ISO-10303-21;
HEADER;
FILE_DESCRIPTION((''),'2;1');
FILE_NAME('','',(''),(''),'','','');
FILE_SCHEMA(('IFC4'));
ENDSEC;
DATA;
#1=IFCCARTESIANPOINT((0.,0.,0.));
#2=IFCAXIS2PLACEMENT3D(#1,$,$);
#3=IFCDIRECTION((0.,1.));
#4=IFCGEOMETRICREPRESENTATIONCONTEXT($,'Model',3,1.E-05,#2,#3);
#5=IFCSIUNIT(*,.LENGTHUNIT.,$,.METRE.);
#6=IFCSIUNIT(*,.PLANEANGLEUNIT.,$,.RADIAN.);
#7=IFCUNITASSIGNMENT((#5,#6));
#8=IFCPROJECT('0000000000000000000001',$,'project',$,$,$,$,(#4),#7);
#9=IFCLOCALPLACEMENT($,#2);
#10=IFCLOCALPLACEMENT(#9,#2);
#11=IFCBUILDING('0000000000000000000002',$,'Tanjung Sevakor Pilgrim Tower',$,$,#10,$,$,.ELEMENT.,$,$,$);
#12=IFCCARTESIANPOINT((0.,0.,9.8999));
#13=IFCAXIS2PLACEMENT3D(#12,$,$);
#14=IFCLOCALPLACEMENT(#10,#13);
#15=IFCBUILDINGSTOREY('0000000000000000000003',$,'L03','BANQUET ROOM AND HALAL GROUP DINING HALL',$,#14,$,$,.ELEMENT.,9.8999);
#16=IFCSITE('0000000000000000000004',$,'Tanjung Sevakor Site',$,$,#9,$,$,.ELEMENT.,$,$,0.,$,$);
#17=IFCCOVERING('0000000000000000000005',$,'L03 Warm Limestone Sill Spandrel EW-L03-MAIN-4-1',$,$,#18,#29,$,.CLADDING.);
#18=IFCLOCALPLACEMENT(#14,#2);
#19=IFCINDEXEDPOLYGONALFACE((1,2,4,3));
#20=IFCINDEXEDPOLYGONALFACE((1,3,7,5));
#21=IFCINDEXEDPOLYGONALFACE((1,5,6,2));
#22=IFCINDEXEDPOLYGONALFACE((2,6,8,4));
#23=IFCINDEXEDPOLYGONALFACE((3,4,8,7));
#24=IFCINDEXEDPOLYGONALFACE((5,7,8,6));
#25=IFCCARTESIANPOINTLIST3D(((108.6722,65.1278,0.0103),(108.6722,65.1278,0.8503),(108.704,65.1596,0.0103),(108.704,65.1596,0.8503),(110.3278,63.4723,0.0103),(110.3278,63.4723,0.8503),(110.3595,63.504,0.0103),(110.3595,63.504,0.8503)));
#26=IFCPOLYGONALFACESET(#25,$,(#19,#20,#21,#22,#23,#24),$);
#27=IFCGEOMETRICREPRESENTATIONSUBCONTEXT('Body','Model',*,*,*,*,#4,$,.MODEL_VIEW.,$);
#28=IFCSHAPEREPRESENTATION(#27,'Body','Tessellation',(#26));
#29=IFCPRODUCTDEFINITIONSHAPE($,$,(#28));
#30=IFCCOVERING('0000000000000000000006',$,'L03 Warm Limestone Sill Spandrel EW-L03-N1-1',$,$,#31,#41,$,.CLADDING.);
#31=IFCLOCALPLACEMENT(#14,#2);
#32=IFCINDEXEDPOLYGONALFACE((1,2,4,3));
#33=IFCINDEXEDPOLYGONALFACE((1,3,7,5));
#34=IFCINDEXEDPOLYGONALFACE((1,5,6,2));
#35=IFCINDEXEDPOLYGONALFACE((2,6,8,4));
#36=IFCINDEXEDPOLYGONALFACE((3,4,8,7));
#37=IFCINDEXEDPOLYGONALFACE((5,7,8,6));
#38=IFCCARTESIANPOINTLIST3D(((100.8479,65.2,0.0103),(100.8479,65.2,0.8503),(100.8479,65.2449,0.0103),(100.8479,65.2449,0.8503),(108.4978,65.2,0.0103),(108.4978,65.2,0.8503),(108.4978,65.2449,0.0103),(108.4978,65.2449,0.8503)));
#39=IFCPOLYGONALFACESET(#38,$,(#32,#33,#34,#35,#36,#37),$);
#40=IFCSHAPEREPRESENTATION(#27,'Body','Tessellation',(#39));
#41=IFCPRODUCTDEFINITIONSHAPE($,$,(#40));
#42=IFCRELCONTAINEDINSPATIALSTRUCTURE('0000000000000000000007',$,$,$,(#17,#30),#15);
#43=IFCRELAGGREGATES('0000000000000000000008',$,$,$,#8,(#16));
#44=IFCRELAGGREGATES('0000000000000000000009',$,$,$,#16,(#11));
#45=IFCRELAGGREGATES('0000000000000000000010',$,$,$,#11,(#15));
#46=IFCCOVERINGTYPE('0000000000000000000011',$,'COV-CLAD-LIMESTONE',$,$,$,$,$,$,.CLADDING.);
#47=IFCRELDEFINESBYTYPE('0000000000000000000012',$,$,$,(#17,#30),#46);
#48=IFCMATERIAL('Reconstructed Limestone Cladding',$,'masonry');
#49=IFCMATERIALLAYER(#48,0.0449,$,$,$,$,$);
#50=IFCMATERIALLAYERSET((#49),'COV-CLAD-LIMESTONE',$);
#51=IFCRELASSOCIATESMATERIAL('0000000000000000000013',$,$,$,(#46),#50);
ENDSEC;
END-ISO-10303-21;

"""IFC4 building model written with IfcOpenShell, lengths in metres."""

from ifc_helpers import new_model, si_unit, direction, frame, origin, origin_2d, place, context, subcontext, project, spatial, rectangle, extrude, material, layer, layer_set, type_object, element, save


model = new_model("IFC4")

# Units and contexts
model_context = context("Model", 3, precision=1e-05, world=origin(), true_north=direction((0.0, 1.0)))
body_context = subcontext(model_context, "Body", "Model", "MODEL_VIEW")
ifc_project = project(units=[si_unit("LENGTHUNIT", "METRE"), si_unit("PLANEANGLEUNIT", "RADIAN")], contexts=[model_context])

# Site, building, storey
site_placement = place(None, origin())
site = spatial("IfcSite", under=ifc_project, at=site_placement, Name="Tanjung Sevakor Site", CompositionType="ELEMENT", RefElevation=0.0)
building_placement = place(site_placement, origin())
building = spatial("IfcBuilding", under=site, at=building_placement, Name="Tanjung Sevakor Pilgrim Tower", CompositionType="ELEMENT")
storey_placement = place(building_placement, frame((0.0, 0.0, 9.8999)))
storey = spatial("IfcBuildingStorey", under=building, at=storey_placement, Name="L03", Description="BANQUET ROOM AND HALAL GROUP DINING HALL", CompositionType="ELEMENT", Elevation=9.8999)

# Coverings
ifc_material_1 = material(Name="Reconstructed Limestone Cladding", Category="masonry")
ifc_layer_1 = layer(ifc_material_1, 0.0449)
ifc_layer_set_1 = layer_set([ifc_layer_1], Name="COV-CLAD-LIMESTONE")
covering_type = type_object("IfcCoveringType", Name="COV-CLAD-LIMESTONE", PredefinedType="CLADDING", material=ifc_layer_set_1)
covering_1_placement = place(storey_placement, frame((109.5159, 64.3159, 0.0103), z_axis=(0.0, 0.0, 1.0), x_axis=(-0.707107, 0.707107, 0.0)))
element("IfcCovering", 1, at=covering_1_placement, inside=storey, type_object=covering_type, Name="L03 Warm Limestone Sill Spandrel EW-L03-MAIN-4-1", PredefinedType="CLADDING", context=body_context, shape_type="SweptSolid", body=[
    extrude(rectangle(XDim=2.3413, YDim=0.0449, at=origin_2d()), origin(), (0.0, 0.0, 1.0), 0.8401),
])
covering_2_placement = place(storey_placement, frame((104.6729, 65.2224, 0.0103), z_axis=(0.0, 0.0, 1.0), x_axis=(-1.0, 0.0, 0.0)))
element("IfcCovering", 2, at=covering_2_placement, inside=storey, type_object=covering_type, Name="L03 Warm Limestone Sill Spandrel EW-L03-N1-1", PredefinedType="CLADDING", context=body_context, shape_type="SweptSolid", body=[
    extrude(rectangle(XDim=7.6499, YDim=0.0449, at=origin_2d()), origin(), (0.0, 0.0, 1.0), 0.8401),
])

save(model, "model.ifc")
